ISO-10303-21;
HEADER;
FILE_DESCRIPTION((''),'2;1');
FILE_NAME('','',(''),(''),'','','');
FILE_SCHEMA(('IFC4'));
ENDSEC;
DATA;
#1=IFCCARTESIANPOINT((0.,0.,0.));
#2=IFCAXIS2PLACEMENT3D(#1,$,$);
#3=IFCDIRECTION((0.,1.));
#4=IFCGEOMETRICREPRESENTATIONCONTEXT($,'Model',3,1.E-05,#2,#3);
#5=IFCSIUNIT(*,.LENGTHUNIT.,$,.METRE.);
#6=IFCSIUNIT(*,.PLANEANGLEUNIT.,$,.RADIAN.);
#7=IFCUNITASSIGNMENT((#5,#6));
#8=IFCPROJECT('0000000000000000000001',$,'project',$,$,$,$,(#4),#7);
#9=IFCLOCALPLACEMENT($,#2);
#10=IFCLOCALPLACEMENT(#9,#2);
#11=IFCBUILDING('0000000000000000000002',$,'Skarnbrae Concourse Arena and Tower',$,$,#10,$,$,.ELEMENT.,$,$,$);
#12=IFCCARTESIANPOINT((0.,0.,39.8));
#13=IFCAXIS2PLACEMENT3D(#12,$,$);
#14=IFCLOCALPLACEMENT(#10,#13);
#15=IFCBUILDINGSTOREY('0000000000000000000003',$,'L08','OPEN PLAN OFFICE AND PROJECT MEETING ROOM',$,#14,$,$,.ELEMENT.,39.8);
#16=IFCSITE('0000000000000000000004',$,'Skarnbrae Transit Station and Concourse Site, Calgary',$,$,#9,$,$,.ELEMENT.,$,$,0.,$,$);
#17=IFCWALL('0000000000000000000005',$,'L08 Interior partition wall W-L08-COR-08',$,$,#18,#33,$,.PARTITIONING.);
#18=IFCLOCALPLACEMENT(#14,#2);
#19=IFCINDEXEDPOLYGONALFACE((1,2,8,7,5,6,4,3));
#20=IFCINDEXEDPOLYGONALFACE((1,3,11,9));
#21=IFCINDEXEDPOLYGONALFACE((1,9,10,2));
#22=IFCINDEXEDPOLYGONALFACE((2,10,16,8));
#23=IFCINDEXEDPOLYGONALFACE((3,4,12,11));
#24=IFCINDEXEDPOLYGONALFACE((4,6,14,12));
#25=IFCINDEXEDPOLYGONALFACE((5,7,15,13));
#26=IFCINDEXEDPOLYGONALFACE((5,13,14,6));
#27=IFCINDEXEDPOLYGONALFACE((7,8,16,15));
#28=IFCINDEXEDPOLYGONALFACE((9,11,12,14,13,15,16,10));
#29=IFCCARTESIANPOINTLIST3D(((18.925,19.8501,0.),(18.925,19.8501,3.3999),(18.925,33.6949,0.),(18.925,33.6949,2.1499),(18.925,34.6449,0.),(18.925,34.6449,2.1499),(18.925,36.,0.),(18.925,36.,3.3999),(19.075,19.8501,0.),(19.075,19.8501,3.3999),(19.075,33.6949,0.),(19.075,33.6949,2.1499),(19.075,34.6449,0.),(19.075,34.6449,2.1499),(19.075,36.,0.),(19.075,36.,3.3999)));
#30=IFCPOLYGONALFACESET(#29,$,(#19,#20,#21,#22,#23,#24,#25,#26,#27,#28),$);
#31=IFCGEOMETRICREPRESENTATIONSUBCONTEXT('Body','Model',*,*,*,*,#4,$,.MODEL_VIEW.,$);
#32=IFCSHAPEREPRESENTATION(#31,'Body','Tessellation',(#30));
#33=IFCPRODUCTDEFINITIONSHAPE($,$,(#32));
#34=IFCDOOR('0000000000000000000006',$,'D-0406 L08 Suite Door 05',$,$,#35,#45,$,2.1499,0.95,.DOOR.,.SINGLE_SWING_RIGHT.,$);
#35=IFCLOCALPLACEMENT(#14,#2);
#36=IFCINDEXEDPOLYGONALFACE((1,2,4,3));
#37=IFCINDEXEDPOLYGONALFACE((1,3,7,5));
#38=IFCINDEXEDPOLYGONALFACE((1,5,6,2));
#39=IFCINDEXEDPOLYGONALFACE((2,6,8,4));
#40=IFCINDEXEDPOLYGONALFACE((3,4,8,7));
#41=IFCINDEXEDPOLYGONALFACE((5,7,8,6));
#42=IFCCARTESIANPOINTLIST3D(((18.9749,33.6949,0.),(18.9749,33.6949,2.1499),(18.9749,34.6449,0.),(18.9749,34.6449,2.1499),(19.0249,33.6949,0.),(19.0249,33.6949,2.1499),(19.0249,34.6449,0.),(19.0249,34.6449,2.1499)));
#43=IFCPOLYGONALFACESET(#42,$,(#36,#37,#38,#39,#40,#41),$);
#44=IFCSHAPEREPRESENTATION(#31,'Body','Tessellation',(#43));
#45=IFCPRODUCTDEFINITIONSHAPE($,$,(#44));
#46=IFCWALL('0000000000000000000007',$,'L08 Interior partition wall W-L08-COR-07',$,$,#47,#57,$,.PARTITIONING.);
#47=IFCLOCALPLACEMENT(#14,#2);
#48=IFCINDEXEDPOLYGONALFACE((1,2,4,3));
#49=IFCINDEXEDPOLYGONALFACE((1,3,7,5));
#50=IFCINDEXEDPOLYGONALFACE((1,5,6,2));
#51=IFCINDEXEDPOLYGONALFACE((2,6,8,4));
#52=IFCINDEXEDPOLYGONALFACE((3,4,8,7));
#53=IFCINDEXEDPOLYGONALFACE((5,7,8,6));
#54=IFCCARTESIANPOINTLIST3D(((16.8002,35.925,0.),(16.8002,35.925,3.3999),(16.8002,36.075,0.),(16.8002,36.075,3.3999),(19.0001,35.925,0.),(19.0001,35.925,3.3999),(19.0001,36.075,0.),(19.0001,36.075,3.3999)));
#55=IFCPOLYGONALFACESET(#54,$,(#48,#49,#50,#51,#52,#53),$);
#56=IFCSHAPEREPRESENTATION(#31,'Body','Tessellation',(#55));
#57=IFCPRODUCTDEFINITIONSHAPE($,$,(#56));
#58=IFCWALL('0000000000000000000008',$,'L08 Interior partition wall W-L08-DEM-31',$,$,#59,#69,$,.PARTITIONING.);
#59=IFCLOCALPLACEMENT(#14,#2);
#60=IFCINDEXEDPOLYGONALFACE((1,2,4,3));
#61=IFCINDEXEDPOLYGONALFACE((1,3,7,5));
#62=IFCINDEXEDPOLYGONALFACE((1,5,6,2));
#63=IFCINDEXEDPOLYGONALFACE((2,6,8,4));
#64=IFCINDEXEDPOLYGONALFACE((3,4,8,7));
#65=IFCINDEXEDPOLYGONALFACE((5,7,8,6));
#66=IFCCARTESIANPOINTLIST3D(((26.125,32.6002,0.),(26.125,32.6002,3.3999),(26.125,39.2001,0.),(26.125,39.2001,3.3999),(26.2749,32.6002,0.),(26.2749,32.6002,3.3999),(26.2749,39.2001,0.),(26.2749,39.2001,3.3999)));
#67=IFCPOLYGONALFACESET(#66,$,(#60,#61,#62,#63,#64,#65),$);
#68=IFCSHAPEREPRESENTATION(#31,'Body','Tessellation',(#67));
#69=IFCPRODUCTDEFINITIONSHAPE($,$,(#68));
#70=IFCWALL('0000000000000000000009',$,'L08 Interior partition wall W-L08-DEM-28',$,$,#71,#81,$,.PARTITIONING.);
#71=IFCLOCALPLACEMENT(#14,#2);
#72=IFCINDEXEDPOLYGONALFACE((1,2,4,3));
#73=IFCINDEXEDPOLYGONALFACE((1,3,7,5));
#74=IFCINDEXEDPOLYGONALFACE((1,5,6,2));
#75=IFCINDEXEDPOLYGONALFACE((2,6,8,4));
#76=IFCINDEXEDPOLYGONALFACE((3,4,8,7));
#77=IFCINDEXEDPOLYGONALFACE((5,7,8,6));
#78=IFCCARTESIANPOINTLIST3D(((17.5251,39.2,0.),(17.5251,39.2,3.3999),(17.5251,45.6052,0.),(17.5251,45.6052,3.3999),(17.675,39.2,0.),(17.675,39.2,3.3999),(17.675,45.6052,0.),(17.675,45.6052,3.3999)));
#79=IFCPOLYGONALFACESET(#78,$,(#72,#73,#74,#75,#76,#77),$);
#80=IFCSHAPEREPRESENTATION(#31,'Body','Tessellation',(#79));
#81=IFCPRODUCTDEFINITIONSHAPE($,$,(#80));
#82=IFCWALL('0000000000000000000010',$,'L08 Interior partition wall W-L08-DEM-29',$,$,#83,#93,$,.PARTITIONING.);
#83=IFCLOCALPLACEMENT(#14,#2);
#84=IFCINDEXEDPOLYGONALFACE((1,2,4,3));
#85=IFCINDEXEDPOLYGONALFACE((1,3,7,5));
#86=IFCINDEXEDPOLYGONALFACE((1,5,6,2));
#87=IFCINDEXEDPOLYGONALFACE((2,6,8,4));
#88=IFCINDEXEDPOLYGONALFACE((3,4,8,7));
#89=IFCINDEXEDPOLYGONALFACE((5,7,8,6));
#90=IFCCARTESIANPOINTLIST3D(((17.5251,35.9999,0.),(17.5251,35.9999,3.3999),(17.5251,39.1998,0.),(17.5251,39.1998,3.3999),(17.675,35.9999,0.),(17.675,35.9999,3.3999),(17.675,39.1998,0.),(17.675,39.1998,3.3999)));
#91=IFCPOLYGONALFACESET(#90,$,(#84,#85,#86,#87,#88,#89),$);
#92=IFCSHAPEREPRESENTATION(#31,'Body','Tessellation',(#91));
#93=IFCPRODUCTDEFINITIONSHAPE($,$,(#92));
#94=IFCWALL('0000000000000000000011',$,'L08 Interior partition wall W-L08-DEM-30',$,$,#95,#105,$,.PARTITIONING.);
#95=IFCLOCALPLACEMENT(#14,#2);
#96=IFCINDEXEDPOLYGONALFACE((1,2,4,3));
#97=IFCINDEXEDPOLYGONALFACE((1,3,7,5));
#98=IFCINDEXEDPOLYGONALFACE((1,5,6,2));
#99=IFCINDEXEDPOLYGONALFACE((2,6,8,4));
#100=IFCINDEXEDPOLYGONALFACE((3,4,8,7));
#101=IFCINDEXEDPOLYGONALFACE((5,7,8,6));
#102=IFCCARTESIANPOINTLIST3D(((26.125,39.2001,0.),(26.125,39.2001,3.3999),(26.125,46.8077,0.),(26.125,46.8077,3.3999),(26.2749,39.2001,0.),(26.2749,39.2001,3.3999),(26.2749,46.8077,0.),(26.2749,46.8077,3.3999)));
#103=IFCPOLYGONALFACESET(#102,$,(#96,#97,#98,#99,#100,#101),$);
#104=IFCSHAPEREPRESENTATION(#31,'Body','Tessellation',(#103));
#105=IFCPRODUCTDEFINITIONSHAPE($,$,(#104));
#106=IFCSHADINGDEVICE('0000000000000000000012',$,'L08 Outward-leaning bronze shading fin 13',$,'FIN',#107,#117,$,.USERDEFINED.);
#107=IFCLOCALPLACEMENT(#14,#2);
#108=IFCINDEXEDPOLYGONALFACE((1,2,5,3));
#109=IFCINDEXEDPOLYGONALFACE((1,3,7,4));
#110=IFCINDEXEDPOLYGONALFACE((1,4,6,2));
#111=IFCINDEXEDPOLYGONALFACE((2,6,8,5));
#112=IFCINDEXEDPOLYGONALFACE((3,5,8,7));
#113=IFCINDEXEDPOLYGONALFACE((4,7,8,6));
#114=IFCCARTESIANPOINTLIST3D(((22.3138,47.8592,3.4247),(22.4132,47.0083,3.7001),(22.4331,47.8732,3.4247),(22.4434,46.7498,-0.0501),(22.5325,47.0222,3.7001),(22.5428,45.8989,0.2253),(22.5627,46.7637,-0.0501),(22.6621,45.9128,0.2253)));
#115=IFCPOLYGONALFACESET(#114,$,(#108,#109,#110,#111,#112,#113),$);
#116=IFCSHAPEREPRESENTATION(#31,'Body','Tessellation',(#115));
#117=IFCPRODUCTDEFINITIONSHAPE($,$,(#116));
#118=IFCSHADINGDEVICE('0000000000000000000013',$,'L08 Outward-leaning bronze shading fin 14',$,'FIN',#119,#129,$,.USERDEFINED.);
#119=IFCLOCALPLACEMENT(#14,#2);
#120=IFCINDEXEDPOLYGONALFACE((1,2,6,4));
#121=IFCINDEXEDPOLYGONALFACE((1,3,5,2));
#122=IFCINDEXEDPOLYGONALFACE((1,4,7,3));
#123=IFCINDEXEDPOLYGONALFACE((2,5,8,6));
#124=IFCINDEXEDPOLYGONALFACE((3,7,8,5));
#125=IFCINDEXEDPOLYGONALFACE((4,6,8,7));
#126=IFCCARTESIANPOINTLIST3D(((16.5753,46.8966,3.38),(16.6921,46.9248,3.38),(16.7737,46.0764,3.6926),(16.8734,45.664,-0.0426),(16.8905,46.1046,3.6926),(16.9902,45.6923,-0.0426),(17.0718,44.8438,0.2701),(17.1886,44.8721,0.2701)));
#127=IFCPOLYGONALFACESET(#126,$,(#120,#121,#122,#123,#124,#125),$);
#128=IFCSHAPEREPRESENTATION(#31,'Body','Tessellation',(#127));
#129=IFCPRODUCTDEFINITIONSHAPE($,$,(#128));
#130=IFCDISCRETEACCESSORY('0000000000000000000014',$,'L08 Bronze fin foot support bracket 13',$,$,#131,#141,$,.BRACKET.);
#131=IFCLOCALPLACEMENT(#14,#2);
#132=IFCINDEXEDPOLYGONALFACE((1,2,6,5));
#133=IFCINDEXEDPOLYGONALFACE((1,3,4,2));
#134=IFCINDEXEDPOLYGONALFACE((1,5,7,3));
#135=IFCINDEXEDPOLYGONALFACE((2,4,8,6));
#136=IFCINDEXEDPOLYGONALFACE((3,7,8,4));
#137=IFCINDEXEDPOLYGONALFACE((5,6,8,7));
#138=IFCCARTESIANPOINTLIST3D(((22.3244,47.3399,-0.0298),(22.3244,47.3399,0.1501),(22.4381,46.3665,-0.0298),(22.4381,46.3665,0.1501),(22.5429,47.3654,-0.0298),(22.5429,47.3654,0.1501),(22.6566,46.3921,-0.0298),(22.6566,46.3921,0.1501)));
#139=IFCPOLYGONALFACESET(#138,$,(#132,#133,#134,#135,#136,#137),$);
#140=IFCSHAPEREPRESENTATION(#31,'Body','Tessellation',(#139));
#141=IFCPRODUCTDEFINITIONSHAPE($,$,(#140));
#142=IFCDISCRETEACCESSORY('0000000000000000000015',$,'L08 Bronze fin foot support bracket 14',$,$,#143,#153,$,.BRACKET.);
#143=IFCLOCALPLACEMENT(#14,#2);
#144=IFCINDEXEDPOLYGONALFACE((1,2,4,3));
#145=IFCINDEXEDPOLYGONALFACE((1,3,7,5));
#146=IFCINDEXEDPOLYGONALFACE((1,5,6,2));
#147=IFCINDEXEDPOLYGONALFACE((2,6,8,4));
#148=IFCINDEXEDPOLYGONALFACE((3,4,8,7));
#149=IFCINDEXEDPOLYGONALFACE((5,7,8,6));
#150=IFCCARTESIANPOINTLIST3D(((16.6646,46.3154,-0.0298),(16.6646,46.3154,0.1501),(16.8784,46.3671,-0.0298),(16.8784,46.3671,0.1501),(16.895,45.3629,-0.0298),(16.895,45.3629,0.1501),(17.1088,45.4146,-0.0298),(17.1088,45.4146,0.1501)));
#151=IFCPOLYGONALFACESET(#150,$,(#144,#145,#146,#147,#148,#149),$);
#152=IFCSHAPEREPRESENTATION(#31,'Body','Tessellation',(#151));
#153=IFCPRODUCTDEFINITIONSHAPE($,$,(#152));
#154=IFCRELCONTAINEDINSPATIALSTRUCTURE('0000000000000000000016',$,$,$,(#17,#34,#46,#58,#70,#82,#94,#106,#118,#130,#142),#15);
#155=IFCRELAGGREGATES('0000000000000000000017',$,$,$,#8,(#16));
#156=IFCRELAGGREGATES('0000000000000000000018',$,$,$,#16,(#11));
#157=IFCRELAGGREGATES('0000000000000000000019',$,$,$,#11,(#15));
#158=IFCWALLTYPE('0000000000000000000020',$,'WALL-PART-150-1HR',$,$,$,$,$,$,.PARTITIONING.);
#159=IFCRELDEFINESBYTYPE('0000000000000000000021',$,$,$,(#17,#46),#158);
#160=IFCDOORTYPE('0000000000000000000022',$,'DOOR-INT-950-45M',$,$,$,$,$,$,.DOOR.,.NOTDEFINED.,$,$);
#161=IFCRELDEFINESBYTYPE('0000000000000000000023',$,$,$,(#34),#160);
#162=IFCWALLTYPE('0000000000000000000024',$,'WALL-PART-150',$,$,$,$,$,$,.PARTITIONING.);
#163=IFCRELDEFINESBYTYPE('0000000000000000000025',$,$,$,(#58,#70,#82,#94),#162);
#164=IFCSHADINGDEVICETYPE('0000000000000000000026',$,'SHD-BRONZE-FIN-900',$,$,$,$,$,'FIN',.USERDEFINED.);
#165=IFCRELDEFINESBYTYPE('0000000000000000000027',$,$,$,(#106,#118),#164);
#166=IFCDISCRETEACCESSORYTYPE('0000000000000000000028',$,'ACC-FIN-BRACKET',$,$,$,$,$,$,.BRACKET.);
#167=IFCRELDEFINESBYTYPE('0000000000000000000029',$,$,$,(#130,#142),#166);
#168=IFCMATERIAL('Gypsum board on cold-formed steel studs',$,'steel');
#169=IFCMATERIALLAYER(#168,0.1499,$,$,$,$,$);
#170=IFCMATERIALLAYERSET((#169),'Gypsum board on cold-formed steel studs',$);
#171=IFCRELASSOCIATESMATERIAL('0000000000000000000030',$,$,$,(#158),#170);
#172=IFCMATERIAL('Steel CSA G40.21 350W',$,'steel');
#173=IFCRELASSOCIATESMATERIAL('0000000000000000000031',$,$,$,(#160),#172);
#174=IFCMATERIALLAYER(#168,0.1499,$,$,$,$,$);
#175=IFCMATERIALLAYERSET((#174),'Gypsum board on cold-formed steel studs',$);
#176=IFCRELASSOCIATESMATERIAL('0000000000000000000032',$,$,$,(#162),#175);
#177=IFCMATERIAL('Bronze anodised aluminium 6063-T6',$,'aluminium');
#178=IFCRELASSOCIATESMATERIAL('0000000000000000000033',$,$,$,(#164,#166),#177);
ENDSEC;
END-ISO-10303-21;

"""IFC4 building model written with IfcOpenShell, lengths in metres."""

from ifc_helpers import new_model, si_unit, direction, frame, frame_2d, origin, origin_2d, place, context, subcontext, project, spatial, rectangle, extrude, source, transform, mapped, material, layer, layer_set, type_object, element, fill, save


model = new_model("IFC4")

# Units and contexts
model_context = context("Model", 3, precision=1e-05, world=origin(), true_north=direction((0.0, 1.0)))
body_context = subcontext(model_context, "Body", "Model", "MODEL_VIEW")
ifc_project = project(units=[si_unit("LENGTHUNIT", "METRE"), si_unit("PLANEANGLEUNIT", "RADIAN")], contexts=[model_context])

# Site, building, storey
site_placement = place(None, origin())
site = spatial("IfcSite", under=ifc_project, at=site_placement, Name="Skarnbrae Transit Station and Concourse Site, Calgary", CompositionType="ELEMENT", RefElevation=0.0)
building_placement = place(site_placement, origin())
building = spatial("IfcBuilding", under=site, at=building_placement, Name="Skarnbrae Concourse Arena and Tower", CompositionType="ELEMENT")
storey_placement = place(building_placement, frame((0.0, 0.0, 39.8)))
storey = spatial("IfcBuildingStorey", under=building, at=storey_placement, Name="L08", Description="OPEN PLAN OFFICE AND PROJECT MEETING ROOM", CompositionType="ELEMENT", Elevation=39.8)

# Shared definitions
ifc_material_1 = material(Name="Steel CSA G40.21 350W", Category="steel")

# Shared definitions
ifc_material_2 = material(Name="Bronze anodised aluminium 6063-T6", Category="aluminium")

# Wall, opening, door
ifc_material_3 = material(Name="Gypsum board on cold-formed steel studs", Category="steel")
ifc_layer_1 = layer(ifc_material_3, 0.1499)
ifc_layer_set_1 = layer_set([ifc_layer_1], Name="Gypsum board on cold-formed steel studs")
wall_type_1 = type_object("IfcWallType", Name="WALL-PART-150-1HR", PredefinedType="PARTITIONING", material=ifc_layer_set_1)
shared_shape_1 = source(origin(), body_context, "Body", "SweptSolid", [
    extrude(rectangle(XDim=16.1499, YDim=0.1499, at=frame_2d((8.075, 0.0))), origin(), (0.0, 0.0, 1.0), 3.3999),
])
wall_1_placement = place(storey_placement, frame((19.0, 36.0, 0.0), z_axis=(0.0, 0.0, 1.0), x_axis=(0.0, -1.0, 0.0)))
wall_1 = element("IfcWall", 1, at=wall_1_placement, inside=storey, type_object=wall_type_1, Name="L08 Interior partition wall W-L08-COR-08", PredefinedType="PARTITIONING", context=body_context, shape_type="MappedRepresentation", body=[
    mapped(shared_shape_1, transform((0.0, 0.0, 0.0))),
])
opening_placement = place(wall_1_placement, frame((1.355, 0.0, 0.0)))
opening = element("IfcOpeningElement", 2, at=opening_placement, cuts=wall_1, PredefinedType="OPENING", context=body_context, shape_type="SweptSolid", body=[
    extrude(rectangle(XDim=0.95, YDim=2.1499, at=frame_2d((0.4751, 1.075))), frame((0.0, 0.085, 0.0), z_axis=(0.0, -1.0, 0.0), x_axis=(1.0, 0.0, 0.0)), (0.0, 0.0, 1.0), 0.1699),
])
door_type = type_object("IfcDoorType", Name="DOOR-INT-950-45M", OperationType="NOTDEFINED", PredefinedType="DOOR", material=ifc_material_1)
shared_shape_2 = source(origin(), body_context, "Body", "SweptSolid", [
    extrude(rectangle(XDim=0.95, YDim=2.1499, at=frame_2d((0.4751, 1.075))), frame((0.0, 0.0249, 0.0), z_axis=(0.0, -1.0, 0.0), x_axis=(1.0, 0.0, 0.0)), (0.0, 0.0, 1.0), 0.05),
])
door_placement = place(opening_placement, origin())
door = element("IfcDoor", 3, at=door_placement, inside=storey, type_object=door_type, Name="D-0406 L08 Suite Door 05", OperationType="SINGLE_SWING_RIGHT", OverallHeight=2.1499, OverallWidth=0.95, PredefinedType="DOOR", context=body_context, shape_type="MappedRepresentation", body=[
    mapped(shared_shape_2, transform((0.0, 0.0, 0.0))),
])
fill(opening, door)

# Walls
shared_shape_3 = source(origin(), body_context, "Body", "SweptSolid", [
    extrude(rectangle(XDim=2.2, YDim=0.1499, at=frame_2d((1.1001, 0.0))), origin(), (0.0, 0.0, 1.0), 3.3999),
])
wall_2_placement = place(storey_placement, frame((16.8, 36.0, 0.0), z_axis=(0.0, 0.0, 1.0), x_axis=(1.0, 0.0, 0.0)))
element("IfcWall", 4, at=wall_2_placement, inside=storey, type_object=wall_type_1, Name="L08 Interior partition wall W-L08-COR-07", PredefinedType="PARTITIONING", context=body_context, shape_type="MappedRepresentation", body=[
    mapped(shared_shape_3, transform((0.0, 0.0, 0.0))),
])
ifc_layer_2 = layer(ifc_material_3, 0.1499)
ifc_layer_set_2 = layer_set([ifc_layer_2], Name="Gypsum board on cold-formed steel studs")
wall_type_2 = type_object("IfcWallType", Name="WALL-PART-150", PredefinedType="PARTITIONING", material=ifc_layer_set_2)
shared_shape_4 = source(origin(), body_context, "Body", "SweptSolid", [
    extrude(rectangle(XDim=6.5999, YDim=0.1499, at=frame_2d((3.2998, 0.0))), origin(), (0.0, 0.0, 1.0), 3.3999),
])
wall_3_placement = place(storey_placement, frame((26.2, 39.2, 0.0), z_axis=(0.0, 0.0, 1.0), x_axis=(0.0, -1.0, 0.0)))
element("IfcWall", 5, at=wall_3_placement, inside=storey, type_object=wall_type_2, Name="L08 Interior partition wall W-L08-DEM-31", PredefinedType="PARTITIONING", context=body_context, shape_type="MappedRepresentation", body=[
    mapped(shared_shape_4, transform((0.0, 0.0, 0.0))),
])
shared_shape_5 = source(origin(), body_context, "Body", "SweptSolid", [
    extrude(rectangle(XDim=6.4053, YDim=0.1499, at=frame_2d((3.2026, 0.0))), origin(), (0.0, 0.0, 1.0), 3.3999),
])
wall_4_placement = place(storey_placement, frame((17.6001, 45.6052, 0.0), z_axis=(0.0, 0.0, 1.0), x_axis=(0.0, -1.0, 0.0)))
element("IfcWall", 6, at=wall_4_placement, inside=storey, type_object=wall_type_2, Name="L08 Interior partition wall W-L08-DEM-28", PredefinedType="PARTITIONING", context=body_context, shape_type="MappedRepresentation", body=[
    mapped(shared_shape_5, transform((0.0, 0.0, 0.0))),
])
shared_shape_6 = source(origin(), body_context, "Body", "SweptSolid", [
    extrude(rectangle(XDim=3.2, YDim=0.1499, at=frame_2d((1.6001, 0.0))), origin(), (0.0, 0.0, 1.0), 3.3999),
])
wall_5_placement = place(storey_placement, frame((17.6001, 39.2, 0.0), z_axis=(0.0, 0.0, 1.0), x_axis=(0.0, -1.0, 0.0)))
element("IfcWall", 7, at=wall_5_placement, inside=storey, type_object=wall_type_2, Name="L08 Interior partition wall W-L08-DEM-29", PredefinedType="PARTITIONING", context=body_context, shape_type="MappedRepresentation", body=[
    mapped(shared_shape_6, transform((0.0, 0.0, 0.0))),
])
shared_shape_7 = source(origin(), body_context, "Body", "SweptSolid", [
    extrude(rectangle(XDim=7.6077, YDim=0.1499, at=frame_2d((3.8037, 0.0))), origin(), (0.0, 0.0, 1.0), 3.3999),
])
wall_6_placement = place(storey_placement, frame((26.2, 46.8076, 0.0), z_axis=(0.0, 0.0, 1.0), x_axis=(0.0, -1.0, 0.0)))
element("IfcWall", 8, at=wall_6_placement, inside=storey, type_object=wall_type_2, Name="L08 Interior partition wall W-L08-DEM-30", PredefinedType="PARTITIONING", context=body_context, shape_type="MappedRepresentation", body=[
    mapped(shared_shape_7, transform((0.0, 0.0, 0.0))),
])

# Shading devices
shading_device_type = type_object("IfcShadingDeviceType", Name="SHD-BRONZE-FIN-900", ElementType="FIN", PredefinedType="USERDEFINED", material=ifc_material_2)
shared_shape_8 = source(origin(), body_context, "Body", "SweptSolid", [
    extrude(rectangle(XDim=0.1201, YDim=0.8999, at=origin_2d()), origin(), (0.0, 0.0, 1.0), 3.6499),
])
for number, where, z_axis, x_axis, name in (
    (9, (22.5527, 46.3313, 0.0876), (-0.035513, 0.30396, 0.952023), (0.993244, 0.116047, 0.0), "L08 Outward-leaning bronze shading fin 13"),
    (10, (17.031, 45.2681, 0.1138), (-0.081677, 0.337689, 0.937707), (0.971973, 0.235091, 0.0), "L08 Outward-leaning bronze shading fin 14"),
):
    element("IfcShadingDevice", number, at=place(storey_placement, frame(where, z_axis=z_axis, x_axis=x_axis)), inside=storey, type_object=shading_device_type, Name=name, ObjectType="FIN", PredefinedType="USERDEFINED", context=body_context, shape_type="MappedRepresentation", body=[
        mapped(shared_shape_8, transform((0.0, 0.0, 0.0))),
    ])

# Discrete accessories
discrete_accessory_type = type_object("IfcDiscreteAccessoryType", Name="ACC-FIN-BRACKET", PredefinedType="BRACKET", material=ifc_material_2)
shared_shape_9 = source(origin(), body_context, "Body", "SweptSolid", [
    extrude(rectangle(XDim=0.22, YDim=0.98, at=origin_2d()), origin(), (0.0, 0.0, 1.0), 0.1799),
])
for number, where, z_axis, x_axis, name in (
    (11, (22.4905, 46.866, -0.0298), (0.0, 0.0, 1.0), (0.993244, 0.116047, 0.0), "L08 Bronze fin foot support bracket 13"),
    (12, (16.8867, 45.865, -0.0298), (0.0, 0.0, 1.0), (0.971973, 0.235091, 0.0), "L08 Bronze fin foot support bracket 14"),
):
    element("IfcDiscreteAccessory", number, at=place(storey_placement, frame(where, z_axis=z_axis, x_axis=x_axis)), inside=storey, type_object=discrete_accessory_type, Name=name, PredefinedType="BRACKET", context=body_context, shape_type="MappedRepresentation", body=[
        mapped(shared_shape_9, transform((0.0, 0.0, 0.0))),
    ])

save(model, "model.ifc")
